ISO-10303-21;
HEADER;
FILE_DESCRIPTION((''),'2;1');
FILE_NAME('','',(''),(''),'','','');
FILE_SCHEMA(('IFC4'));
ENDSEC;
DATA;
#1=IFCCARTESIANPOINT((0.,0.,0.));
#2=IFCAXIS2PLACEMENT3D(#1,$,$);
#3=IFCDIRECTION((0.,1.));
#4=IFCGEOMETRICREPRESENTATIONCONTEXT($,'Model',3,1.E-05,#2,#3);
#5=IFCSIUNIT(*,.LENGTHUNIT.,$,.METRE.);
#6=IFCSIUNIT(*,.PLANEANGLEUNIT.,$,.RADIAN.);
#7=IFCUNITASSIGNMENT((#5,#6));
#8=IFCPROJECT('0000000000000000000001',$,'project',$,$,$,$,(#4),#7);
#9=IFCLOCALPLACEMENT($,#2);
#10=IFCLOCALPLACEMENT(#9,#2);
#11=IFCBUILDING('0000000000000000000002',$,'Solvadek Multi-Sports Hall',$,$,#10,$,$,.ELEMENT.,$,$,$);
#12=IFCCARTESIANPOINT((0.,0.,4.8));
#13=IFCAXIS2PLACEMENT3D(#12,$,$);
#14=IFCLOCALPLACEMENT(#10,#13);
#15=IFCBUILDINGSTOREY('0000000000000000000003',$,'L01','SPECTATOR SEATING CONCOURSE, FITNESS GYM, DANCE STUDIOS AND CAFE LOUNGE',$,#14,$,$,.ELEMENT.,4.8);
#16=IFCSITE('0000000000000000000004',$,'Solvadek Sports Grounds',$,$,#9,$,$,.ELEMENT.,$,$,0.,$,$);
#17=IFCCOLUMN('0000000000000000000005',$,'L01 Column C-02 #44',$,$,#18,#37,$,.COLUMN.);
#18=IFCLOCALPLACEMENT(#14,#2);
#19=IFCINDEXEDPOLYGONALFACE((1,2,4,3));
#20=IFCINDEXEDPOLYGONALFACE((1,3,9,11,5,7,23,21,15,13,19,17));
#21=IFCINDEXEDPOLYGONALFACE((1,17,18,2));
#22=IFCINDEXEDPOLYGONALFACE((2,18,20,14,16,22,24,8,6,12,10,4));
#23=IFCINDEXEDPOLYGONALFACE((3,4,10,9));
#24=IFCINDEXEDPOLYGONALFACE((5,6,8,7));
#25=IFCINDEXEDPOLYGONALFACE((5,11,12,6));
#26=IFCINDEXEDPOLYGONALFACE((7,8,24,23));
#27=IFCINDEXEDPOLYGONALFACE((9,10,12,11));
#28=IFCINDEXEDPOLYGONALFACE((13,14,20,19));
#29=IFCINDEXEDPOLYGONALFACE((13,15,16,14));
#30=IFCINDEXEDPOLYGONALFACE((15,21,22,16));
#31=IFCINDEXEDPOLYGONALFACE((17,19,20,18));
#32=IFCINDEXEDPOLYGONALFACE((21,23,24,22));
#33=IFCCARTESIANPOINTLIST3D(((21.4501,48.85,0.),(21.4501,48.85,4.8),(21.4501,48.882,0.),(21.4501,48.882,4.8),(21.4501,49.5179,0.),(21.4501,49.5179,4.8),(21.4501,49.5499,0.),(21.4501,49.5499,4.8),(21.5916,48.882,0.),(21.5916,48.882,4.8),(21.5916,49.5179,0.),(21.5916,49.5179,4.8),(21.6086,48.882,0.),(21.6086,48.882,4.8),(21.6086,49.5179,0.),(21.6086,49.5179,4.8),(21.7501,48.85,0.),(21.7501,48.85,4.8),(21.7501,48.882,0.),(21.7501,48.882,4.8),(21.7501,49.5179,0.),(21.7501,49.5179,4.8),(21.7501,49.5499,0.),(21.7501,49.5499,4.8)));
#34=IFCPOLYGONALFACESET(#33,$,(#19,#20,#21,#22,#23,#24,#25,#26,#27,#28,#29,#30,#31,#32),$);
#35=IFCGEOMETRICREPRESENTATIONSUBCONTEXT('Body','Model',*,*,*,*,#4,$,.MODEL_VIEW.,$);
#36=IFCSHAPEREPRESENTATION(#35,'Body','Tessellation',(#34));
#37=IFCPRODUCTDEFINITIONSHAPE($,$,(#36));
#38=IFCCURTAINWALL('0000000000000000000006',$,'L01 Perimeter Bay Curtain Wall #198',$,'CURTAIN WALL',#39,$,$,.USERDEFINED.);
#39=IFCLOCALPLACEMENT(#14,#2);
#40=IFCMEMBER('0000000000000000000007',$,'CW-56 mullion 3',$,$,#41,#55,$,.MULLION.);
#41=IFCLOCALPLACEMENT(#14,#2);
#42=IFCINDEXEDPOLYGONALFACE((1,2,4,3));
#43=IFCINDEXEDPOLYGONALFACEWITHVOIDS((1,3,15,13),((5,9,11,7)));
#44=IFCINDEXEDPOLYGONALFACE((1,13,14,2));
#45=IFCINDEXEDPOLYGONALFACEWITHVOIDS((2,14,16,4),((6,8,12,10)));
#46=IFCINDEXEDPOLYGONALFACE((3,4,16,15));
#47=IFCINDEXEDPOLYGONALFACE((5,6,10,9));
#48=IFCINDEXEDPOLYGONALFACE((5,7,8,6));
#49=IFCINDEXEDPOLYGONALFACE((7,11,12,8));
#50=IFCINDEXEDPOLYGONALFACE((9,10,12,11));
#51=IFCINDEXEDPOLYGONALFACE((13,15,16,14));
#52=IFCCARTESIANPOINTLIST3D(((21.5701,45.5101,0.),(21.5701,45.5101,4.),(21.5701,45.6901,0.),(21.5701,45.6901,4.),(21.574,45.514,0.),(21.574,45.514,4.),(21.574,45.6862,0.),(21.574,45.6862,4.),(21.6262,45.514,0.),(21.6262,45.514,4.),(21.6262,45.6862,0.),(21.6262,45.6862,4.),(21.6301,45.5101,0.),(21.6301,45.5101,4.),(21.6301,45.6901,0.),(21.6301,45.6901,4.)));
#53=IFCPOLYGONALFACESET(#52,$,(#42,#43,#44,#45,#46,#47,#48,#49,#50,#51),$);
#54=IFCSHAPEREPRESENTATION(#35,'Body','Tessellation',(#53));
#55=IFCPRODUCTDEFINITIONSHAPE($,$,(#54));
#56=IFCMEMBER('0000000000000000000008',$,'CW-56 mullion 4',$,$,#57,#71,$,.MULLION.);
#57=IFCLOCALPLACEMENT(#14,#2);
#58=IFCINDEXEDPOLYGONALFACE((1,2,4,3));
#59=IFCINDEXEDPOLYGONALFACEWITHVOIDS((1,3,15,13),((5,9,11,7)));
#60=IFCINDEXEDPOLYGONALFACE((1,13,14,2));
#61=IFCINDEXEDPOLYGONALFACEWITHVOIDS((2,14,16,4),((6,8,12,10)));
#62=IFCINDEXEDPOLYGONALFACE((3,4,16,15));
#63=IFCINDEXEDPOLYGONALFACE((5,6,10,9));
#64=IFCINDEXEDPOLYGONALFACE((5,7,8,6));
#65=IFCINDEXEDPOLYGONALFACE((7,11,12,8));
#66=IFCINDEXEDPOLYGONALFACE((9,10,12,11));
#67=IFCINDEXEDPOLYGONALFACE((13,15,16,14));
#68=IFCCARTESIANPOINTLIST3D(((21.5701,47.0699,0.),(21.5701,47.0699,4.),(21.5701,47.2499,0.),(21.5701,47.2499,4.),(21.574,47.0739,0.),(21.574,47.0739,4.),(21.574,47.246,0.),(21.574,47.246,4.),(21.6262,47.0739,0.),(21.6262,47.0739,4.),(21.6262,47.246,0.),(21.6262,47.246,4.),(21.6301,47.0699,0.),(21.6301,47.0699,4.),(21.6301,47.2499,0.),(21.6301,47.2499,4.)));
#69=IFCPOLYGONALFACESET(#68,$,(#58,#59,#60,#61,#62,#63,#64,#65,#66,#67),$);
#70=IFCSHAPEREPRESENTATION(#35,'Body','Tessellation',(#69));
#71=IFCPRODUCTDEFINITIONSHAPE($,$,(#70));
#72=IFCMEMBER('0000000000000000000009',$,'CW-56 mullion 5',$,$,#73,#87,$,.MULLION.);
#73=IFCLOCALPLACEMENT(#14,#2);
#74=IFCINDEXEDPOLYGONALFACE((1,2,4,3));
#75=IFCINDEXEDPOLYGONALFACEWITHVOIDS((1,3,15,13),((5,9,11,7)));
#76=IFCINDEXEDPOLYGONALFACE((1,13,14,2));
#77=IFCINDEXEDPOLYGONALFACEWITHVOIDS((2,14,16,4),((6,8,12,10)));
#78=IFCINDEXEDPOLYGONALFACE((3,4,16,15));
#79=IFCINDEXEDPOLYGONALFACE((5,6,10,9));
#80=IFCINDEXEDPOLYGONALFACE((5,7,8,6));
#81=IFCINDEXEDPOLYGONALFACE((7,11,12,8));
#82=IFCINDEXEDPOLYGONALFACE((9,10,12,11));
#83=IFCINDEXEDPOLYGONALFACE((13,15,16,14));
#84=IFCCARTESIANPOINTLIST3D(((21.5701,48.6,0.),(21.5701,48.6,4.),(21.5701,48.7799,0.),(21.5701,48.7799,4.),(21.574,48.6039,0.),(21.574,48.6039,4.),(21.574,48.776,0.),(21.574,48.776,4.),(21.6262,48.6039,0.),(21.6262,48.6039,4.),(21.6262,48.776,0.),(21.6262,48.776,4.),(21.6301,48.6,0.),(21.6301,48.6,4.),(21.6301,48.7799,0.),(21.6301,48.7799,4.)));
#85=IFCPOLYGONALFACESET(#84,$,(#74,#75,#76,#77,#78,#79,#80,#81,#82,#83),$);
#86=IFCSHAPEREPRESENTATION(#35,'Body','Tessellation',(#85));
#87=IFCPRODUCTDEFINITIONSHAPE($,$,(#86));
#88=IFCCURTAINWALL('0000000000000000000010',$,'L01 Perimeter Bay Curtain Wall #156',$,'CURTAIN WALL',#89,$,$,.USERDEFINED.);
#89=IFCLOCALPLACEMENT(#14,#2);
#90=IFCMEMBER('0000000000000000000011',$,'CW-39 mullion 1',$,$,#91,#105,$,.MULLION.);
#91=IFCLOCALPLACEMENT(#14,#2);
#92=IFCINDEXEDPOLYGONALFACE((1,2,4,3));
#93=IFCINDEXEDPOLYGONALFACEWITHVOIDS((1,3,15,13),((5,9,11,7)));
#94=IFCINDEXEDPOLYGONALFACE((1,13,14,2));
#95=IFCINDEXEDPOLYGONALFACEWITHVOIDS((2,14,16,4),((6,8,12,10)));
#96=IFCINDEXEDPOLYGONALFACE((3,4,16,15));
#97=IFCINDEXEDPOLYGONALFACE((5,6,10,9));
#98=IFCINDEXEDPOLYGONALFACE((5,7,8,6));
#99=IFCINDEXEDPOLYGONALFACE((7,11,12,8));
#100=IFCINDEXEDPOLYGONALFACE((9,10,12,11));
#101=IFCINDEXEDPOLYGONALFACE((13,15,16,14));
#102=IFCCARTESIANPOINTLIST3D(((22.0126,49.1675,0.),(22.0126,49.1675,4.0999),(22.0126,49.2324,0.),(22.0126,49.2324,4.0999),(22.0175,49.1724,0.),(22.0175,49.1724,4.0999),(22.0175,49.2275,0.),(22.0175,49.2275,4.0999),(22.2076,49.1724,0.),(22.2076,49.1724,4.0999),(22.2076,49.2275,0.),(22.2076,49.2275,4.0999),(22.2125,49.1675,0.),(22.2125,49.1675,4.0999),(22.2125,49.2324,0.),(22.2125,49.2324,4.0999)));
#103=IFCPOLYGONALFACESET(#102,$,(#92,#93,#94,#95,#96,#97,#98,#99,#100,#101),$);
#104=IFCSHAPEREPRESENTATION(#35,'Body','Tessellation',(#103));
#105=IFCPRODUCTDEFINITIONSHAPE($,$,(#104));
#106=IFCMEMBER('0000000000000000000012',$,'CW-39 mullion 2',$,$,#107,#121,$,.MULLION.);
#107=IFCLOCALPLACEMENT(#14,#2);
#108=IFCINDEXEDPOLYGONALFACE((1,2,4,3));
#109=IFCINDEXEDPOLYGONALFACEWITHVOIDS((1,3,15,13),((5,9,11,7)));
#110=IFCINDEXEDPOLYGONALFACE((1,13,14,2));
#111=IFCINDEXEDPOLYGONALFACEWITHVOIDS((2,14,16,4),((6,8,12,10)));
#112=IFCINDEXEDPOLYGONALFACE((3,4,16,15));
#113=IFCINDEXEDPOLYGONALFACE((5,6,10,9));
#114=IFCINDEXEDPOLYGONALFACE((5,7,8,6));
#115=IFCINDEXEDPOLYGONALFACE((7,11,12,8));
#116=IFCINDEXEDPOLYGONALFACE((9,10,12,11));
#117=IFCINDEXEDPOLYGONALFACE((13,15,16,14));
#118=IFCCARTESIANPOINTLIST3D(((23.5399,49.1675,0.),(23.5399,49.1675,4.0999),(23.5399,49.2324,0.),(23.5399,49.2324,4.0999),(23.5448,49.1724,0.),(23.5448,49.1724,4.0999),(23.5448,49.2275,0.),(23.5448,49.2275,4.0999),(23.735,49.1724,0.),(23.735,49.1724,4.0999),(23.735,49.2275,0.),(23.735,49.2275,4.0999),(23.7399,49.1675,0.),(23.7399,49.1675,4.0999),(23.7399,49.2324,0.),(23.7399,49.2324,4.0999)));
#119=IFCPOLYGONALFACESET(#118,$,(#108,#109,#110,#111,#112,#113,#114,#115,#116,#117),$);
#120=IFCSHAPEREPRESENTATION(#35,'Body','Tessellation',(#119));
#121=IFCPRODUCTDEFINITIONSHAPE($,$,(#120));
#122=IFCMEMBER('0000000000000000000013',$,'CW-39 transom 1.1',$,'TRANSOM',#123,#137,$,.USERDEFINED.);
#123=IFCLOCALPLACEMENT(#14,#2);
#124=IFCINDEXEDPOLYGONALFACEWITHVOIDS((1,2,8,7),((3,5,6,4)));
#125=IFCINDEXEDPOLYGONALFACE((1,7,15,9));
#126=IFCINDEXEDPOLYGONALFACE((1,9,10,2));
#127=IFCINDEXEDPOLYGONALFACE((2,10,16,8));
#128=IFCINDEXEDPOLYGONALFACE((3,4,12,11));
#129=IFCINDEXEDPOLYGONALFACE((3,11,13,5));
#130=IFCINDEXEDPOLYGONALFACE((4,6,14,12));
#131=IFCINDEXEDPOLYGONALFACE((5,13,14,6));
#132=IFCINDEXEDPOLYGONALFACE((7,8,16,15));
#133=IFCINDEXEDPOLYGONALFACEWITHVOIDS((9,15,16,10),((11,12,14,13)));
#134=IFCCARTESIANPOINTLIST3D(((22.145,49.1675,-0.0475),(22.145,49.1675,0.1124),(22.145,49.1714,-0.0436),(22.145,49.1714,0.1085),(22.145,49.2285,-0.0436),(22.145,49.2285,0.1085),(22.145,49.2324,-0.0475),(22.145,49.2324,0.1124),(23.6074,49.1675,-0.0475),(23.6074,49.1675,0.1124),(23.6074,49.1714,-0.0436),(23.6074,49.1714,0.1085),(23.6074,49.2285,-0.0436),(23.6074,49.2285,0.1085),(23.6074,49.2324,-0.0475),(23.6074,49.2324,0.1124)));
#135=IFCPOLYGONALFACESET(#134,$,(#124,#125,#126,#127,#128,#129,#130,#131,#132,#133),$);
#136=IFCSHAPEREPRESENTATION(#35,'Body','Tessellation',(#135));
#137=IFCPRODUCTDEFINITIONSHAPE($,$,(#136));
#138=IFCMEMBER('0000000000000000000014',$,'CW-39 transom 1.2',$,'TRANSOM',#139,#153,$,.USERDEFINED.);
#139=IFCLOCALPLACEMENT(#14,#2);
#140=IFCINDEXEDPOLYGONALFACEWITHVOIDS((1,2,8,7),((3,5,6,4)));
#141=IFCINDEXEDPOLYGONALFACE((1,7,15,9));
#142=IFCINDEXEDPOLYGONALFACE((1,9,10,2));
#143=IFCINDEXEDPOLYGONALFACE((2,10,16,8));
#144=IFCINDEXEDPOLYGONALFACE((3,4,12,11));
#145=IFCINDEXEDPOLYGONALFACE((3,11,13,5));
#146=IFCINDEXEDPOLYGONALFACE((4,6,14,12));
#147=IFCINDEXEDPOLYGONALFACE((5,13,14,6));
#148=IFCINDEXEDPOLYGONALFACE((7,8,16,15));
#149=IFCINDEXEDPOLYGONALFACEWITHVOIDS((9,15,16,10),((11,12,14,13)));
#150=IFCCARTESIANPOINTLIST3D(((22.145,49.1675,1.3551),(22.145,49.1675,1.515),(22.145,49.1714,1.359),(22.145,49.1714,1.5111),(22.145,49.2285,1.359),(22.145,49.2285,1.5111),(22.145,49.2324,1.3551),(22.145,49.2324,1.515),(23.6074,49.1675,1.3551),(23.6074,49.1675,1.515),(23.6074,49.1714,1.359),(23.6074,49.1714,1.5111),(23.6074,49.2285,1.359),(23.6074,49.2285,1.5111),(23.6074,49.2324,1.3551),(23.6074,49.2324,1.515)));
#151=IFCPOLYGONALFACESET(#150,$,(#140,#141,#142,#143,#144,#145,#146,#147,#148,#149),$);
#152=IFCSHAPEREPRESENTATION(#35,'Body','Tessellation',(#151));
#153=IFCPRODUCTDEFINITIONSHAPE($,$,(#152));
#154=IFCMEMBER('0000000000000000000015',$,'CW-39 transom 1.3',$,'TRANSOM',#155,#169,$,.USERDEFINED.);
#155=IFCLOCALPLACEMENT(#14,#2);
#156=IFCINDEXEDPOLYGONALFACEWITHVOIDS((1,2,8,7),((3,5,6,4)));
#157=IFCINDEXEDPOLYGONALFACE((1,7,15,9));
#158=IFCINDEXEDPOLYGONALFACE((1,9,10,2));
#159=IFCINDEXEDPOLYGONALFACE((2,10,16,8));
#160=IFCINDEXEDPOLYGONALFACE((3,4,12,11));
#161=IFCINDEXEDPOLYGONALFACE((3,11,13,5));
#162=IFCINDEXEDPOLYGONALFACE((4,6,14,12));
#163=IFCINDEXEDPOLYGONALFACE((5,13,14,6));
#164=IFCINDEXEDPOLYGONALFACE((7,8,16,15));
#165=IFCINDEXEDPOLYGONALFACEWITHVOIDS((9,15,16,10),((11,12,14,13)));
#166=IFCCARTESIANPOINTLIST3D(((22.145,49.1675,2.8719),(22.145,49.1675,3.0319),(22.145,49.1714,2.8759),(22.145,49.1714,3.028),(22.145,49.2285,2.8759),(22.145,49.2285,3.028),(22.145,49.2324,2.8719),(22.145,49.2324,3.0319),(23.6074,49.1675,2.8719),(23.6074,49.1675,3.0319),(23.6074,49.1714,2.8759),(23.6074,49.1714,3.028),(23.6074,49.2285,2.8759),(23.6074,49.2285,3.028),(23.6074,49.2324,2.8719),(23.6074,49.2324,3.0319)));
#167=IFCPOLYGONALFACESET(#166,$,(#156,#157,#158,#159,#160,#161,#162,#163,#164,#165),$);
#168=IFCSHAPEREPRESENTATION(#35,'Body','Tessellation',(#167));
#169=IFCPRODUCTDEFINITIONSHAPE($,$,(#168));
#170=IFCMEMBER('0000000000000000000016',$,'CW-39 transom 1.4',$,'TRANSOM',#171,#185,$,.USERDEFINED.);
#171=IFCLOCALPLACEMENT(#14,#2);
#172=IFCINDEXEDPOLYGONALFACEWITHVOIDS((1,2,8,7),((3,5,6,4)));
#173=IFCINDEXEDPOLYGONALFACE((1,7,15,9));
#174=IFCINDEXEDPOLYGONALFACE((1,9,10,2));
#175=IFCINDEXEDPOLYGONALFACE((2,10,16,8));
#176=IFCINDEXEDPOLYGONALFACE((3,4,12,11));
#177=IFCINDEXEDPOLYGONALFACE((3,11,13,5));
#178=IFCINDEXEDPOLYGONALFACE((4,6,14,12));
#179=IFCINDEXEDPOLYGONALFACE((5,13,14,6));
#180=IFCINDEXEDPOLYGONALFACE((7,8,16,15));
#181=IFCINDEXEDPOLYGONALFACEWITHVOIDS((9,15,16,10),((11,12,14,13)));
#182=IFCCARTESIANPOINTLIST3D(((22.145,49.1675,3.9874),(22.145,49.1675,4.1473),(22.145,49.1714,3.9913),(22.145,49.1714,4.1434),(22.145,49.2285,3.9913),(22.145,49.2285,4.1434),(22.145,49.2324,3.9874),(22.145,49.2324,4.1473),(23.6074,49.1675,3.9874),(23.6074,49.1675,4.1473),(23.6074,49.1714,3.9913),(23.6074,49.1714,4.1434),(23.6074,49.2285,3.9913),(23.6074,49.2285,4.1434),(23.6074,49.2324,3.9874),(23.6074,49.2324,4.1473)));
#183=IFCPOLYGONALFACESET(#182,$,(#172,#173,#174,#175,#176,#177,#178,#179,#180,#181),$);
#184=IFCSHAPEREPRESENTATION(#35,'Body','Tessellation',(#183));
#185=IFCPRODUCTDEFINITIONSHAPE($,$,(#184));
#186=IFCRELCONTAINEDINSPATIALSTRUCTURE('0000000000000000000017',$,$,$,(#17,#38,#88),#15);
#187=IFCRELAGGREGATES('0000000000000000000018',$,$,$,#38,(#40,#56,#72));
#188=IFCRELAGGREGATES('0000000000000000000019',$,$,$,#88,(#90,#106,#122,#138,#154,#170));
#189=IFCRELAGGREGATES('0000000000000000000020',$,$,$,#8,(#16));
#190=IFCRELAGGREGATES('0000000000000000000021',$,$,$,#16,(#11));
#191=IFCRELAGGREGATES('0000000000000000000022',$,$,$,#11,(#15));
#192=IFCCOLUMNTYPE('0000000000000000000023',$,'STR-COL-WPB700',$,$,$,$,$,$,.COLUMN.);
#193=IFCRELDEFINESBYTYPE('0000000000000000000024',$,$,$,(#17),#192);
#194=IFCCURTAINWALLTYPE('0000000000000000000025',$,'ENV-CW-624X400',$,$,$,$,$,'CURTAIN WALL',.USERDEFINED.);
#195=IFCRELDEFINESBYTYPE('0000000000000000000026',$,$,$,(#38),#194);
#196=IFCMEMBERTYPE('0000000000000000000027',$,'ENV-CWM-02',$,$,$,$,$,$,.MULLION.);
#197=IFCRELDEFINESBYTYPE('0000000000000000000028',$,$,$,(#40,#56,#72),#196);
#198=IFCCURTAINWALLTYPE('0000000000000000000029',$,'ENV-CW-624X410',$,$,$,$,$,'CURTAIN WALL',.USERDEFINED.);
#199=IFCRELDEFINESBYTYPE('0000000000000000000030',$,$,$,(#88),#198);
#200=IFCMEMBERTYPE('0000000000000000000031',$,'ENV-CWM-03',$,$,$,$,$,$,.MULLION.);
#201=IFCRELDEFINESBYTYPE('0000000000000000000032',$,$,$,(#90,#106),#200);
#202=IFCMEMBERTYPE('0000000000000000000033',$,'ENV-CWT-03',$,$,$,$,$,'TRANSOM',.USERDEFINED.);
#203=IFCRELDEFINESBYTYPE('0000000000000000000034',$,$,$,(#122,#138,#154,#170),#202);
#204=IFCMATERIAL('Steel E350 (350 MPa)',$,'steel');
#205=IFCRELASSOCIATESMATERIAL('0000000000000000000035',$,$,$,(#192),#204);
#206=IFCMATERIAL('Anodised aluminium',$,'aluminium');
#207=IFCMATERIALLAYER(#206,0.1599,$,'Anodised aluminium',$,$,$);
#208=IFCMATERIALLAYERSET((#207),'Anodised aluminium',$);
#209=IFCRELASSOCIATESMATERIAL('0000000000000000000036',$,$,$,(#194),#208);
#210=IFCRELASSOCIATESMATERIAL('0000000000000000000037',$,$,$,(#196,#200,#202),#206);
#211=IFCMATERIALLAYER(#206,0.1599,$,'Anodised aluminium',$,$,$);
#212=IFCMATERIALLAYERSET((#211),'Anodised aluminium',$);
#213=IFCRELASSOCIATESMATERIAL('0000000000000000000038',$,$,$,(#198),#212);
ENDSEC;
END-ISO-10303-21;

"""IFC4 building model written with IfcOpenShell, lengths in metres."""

from ifc_helpers import new_model, si_unit, direction, frame, origin, origin_2d, place, context, subcontext, project, spatial, hollow_rectangle, i_section, extrude, material, layer, layer_set, material_profile, profile_set, type_object, element, aggregate, save


model = new_model("IFC4")

# Units and contexts
model_context = context("Model", 3, precision=1e-05, world=origin(), true_north=direction((0.0, 1.0)))
body_context = subcontext(model_context, "Body", "Model", "MODEL_VIEW")
ifc_project = project(units=[si_unit("LENGTHUNIT", "METRE"), si_unit("PLANEANGLEUNIT", "RADIAN")], contexts=[model_context])

# Site, building, storey
site_placement = place(None, origin())
site = spatial("IfcSite", under=ifc_project, at=site_placement, Name="Solvadek Sports Grounds", CompositionType="ELEMENT", RefElevation=0.0)
building_placement = place(site_placement, origin())
building = spatial("IfcBuilding", under=site, at=building_placement, Name="Solvadek Multi-Sports Hall", CompositionType="ELEMENT")
storey_placement = place(building_placement, frame((0.0, 0.0, 4.8)))
storey = spatial("IfcBuildingStorey", under=building, at=storey_placement, Name="L01", Description="SPECTATOR SEATING CONCOURSE, FITNESS GYM, DANCE STUDIOS AND CAFE LOUNGE", CompositionType="ELEMENT", Elevation=4.8)

# Column
ifc_material_1 = material(Name="Steel E350 (350 MPa)", Category="steel")
ifc_material_profile_1 = material_profile(ifc_material_1, i_section(OverallWidth=0.3, OverallDepth=0.7, WebThickness=0.0171, FlangeThickness=0.032, at=origin_2d()), Name="WPB 700")
ifc_profile_set_1 = profile_set([ifc_material_profile_1], Name="Steel E350 (350 MPa)")
column_type = type_object("IfcColumnType", Name="STR-COL-WPB700", PredefinedType="COLUMN", material=ifc_profile_set_1)
column_placement = place(storey_placement, frame((21.6001, 49.2, 0.0), z_axis=(0.0, 0.0, 1.0), x_axis=(1.0, 0.0, 0.0)))
element("IfcColumn", 1, at=column_placement, inside=storey, type_object=column_type, Name="L01 Column C-02 #44", PredefinedType="COLUMN", context=body_context, shape_type="SweptSolid", body=[
    extrude(i_section(OverallWidth=0.3, OverallDepth=0.7, WebThickness=0.0171, FlangeThickness=0.032, at=origin_2d()), origin(), (0.0, 0.0, 1.0), 4.8),
])

# Curtain walls, members
ifc_material_2 = material(Name="Anodised aluminium", Category="aluminium")
ifc_layer_1 = layer(ifc_material_2, 0.1599, Name="Anodised aluminium")
ifc_layer_set_1 = layer_set([ifc_layer_1], Name="Anodised aluminium")
curtain_wall_type_1 = type_object("IfcCurtainWallType", Name="ENV-CW-624X400", ElementType="CURTAIN WALL", PredefinedType="USERDEFINED", material=ifc_layer_set_1)
curtain_wall_1_placement = place(storey_placement, origin())
curtain_wall_1 = element("IfcCurtainWall", 2, at=curtain_wall_1_placement, inside=storey, type_object=curtain_wall_type_1, Name="L01 Perimeter Bay Curtain Wall #198", ObjectType="CURTAIN WALL", PredefinedType="USERDEFINED")
ifc_material_profile_2 = material_profile(ifc_material_2, hollow_rectangle(XDim=0.0601, YDim=0.1799, WallThickness=0.0039, at=origin_2d()), Name="ALU-M 180x60x4")
ifc_profile_set_2 = profile_set([ifc_material_profile_2], Name="Anodised aluminium")
member_type_1 = type_object("IfcMemberType", Name="ENV-CWM-02", PredefinedType="MULLION", material=ifc_profile_set_2)
member_1_placement = place(storey_placement, frame((21.6001, 45.6001, 0.0), z_axis=(0.0, 0.0, 1.0), x_axis=(-1.0, 0.0, 0.0)))
member_1 = element("IfcMember", 3, at=member_1_placement, type_object=member_type_1, Name="CW-56 mullion 3", PredefinedType="MULLION", context=body_context, shape_type="SweptSolid", body=[
    extrude(hollow_rectangle(XDim=0.0601, YDim=0.1799, WallThickness=0.0039, at=origin_2d()), origin(), (0.0, 0.0, 1.0), 4.0),
])
member_2_placement = place(storey_placement, frame((21.6001, 47.1599, 0.0), z_axis=(0.0, 0.0, 1.0), x_axis=(-1.0, 0.0, 0.0)))
member_2 = element("IfcMember", 4, at=member_2_placement, type_object=member_type_1, Name="CW-56 mullion 4", PredefinedType="MULLION", context=body_context, shape_type="SweptSolid", body=[
    extrude(hollow_rectangle(XDim=0.0601, YDim=0.1799, WallThickness=0.0039, at=origin_2d()), origin(), (0.0, 0.0, 1.0), 4.0),
])
member_3_placement = place(storey_placement, frame((21.6001, 48.6899, 0.0), z_axis=(0.0, 0.0, 1.0), x_axis=(-1.0, 0.0, 0.0)))
member_3 = element("IfcMember", 5, at=member_3_placement, type_object=member_type_1, Name="CW-56 mullion 5", PredefinedType="MULLION", context=body_context, shape_type="SweptSolid", body=[
    extrude(hollow_rectangle(XDim=0.0601, YDim=0.1799, WallThickness=0.0039, at=origin_2d()), origin(), (0.0, 0.0, 1.0), 4.0),
])
ifc_layer_2 = layer(ifc_material_2, 0.1599, Name="Anodised aluminium")
ifc_layer_set_2 = layer_set([ifc_layer_2], Name="Anodised aluminium")
curtain_wall_type_2 = type_object("IfcCurtainWallType", Name="ENV-CW-624X410", ElementType="CURTAIN WALL", PredefinedType="USERDEFINED", material=ifc_layer_set_2)
curtain_wall_2_placement = place(storey_placement, origin())
curtain_wall_2 = element("IfcCurtainWall", 6, at=curtain_wall_2_placement, inside=storey, type_object=curtain_wall_type_2, Name="L01 Perimeter Bay Curtain Wall #156", ObjectType="CURTAIN WALL", PredefinedType="USERDEFINED")
ifc_material_profile_3 = material_profile(ifc_material_2, hollow_rectangle(XDim=0.0649, YDim=0.2, WallThickness=0.0049, at=origin_2d()), Name="ALU-M 200x65x5")
ifc_profile_set_3 = profile_set([ifc_material_profile_3], Name="Anodised aluminium")
member_type_2 = type_object("IfcMemberType", Name="ENV-CWM-03", PredefinedType="MULLION", material=ifc_profile_set_3)
member_4_placement = place(storey_placement, frame((22.1125, 49.2, 0.0), z_axis=(0.0, 0.0, 1.0), x_axis=(0.0, 1.0, 0.0)))
member_4 = element("IfcMember", 7, at=member_4_placement, type_object=member_type_2, Name="CW-39 mullion 1", PredefinedType="MULLION", context=body_context, shape_type="SweptSolid", body=[
    extrude(hollow_rectangle(XDim=0.0649, YDim=0.2, WallThickness=0.0049, at=origin_2d()), origin(), (0.0, 0.0, 1.0), 4.0999),
])
member_5_placement = place(storey_placement, frame((23.6399, 49.2, 0.0), z_axis=(0.0, 0.0, 1.0), x_axis=(0.0, 1.0, 0.0)))
member_5 = element("IfcMember", 8, at=member_5_placement, type_object=member_type_2, Name="CW-39 mullion 2", PredefinedType="MULLION", context=body_context, shape_type="SweptSolid", body=[
    extrude(hollow_rectangle(XDim=0.0649, YDim=0.2, WallThickness=0.0049, at=origin_2d()), origin(), (0.0, 0.0, 1.0), 4.0999),
])
ifc_material_profile_4 = material_profile(ifc_material_2, hollow_rectangle(XDim=0.0649, YDim=0.1599, WallThickness=0.0039, at=origin_2d()), Name="ALU-T 160x65x4")
ifc_profile_set_4 = profile_set([ifc_material_profile_4], Name="Anodised aluminium")
member_type_3 = type_object("IfcMemberType", Name="ENV-CWT-03", ElementType="TRANSOM", PredefinedType="USERDEFINED", material=ifc_profile_set_4)
member_6_placement = place(storey_placement, frame((22.145, 49.2, 0.0325), z_axis=(1.0, 0.0, 0.0), x_axis=(0.0, 1.0, 0.0)))
member_6 = element("IfcMember", 9, at=member_6_placement, type_object=member_type_3, Name="CW-39 transom 1.1", ObjectType="TRANSOM", PredefinedType="USERDEFINED", context=body_context, shape_type="SweptSolid", body=[
    extrude(hollow_rectangle(XDim=0.0649, YDim=0.1599, WallThickness=0.0039, at=origin_2d()), origin(), (0.0, 0.0, 1.0), 1.4624),
])
member_7_placement = place(storey_placement, frame((22.145, 49.2, 1.4351), z_axis=(1.0, 0.0, 0.0), x_axis=(0.0, 1.0, 0.0)))
member_7 = element("IfcMember", 10, at=member_7_placement, type_object=member_type_3, Name="CW-39 transom 1.2", ObjectType="TRANSOM", PredefinedType="USERDEFINED", context=body_context, shape_type="SweptSolid", body=[
    extrude(hollow_rectangle(XDim=0.0649, YDim=0.1599, WallThickness=0.0039, at=origin_2d()), origin(), (0.0, 0.0, 1.0), 1.4624),
])
member_8_placement = place(storey_placement, frame((22.145, 49.2, 2.9519), z_axis=(1.0, 0.0, 0.0), x_axis=(0.0, 1.0, 0.0)))
member_8 = element("IfcMember", 11, at=member_8_placement, type_object=member_type_3, Name="CW-39 transom 1.3", ObjectType="TRANSOM", PredefinedType="USERDEFINED", context=body_context, shape_type="SweptSolid", body=[
    extrude(hollow_rectangle(XDim=0.0649, YDim=0.1599, WallThickness=0.0039, at=origin_2d()), origin(), (0.0, 0.0, 1.0), 1.4624),
])
member_9_placement = place(storey_placement, frame((22.145, 49.2, 4.0674), z_axis=(1.0, 0.0, 0.0), x_axis=(0.0, 1.0, 0.0)))
member_9 = element("IfcMember", 12, at=member_9_placement, type_object=member_type_3, Name="CW-39 transom 1.4", ObjectType="TRANSOM", PredefinedType="USERDEFINED", context=body_context, shape_type="SweptSolid", body=[
    extrude(hollow_rectangle(XDim=0.0649, YDim=0.1599, WallThickness=0.0039, at=origin_2d()), origin(), (0.0, 0.0, 1.0), 1.4624),
])

aggregate(curtain_wall_1, [member_1, member_2, member_3])
aggregate(curtain_wall_2, [member_4, member_5, member_6, member_7, member_8, member_9])

save(model, "model.ifc")
